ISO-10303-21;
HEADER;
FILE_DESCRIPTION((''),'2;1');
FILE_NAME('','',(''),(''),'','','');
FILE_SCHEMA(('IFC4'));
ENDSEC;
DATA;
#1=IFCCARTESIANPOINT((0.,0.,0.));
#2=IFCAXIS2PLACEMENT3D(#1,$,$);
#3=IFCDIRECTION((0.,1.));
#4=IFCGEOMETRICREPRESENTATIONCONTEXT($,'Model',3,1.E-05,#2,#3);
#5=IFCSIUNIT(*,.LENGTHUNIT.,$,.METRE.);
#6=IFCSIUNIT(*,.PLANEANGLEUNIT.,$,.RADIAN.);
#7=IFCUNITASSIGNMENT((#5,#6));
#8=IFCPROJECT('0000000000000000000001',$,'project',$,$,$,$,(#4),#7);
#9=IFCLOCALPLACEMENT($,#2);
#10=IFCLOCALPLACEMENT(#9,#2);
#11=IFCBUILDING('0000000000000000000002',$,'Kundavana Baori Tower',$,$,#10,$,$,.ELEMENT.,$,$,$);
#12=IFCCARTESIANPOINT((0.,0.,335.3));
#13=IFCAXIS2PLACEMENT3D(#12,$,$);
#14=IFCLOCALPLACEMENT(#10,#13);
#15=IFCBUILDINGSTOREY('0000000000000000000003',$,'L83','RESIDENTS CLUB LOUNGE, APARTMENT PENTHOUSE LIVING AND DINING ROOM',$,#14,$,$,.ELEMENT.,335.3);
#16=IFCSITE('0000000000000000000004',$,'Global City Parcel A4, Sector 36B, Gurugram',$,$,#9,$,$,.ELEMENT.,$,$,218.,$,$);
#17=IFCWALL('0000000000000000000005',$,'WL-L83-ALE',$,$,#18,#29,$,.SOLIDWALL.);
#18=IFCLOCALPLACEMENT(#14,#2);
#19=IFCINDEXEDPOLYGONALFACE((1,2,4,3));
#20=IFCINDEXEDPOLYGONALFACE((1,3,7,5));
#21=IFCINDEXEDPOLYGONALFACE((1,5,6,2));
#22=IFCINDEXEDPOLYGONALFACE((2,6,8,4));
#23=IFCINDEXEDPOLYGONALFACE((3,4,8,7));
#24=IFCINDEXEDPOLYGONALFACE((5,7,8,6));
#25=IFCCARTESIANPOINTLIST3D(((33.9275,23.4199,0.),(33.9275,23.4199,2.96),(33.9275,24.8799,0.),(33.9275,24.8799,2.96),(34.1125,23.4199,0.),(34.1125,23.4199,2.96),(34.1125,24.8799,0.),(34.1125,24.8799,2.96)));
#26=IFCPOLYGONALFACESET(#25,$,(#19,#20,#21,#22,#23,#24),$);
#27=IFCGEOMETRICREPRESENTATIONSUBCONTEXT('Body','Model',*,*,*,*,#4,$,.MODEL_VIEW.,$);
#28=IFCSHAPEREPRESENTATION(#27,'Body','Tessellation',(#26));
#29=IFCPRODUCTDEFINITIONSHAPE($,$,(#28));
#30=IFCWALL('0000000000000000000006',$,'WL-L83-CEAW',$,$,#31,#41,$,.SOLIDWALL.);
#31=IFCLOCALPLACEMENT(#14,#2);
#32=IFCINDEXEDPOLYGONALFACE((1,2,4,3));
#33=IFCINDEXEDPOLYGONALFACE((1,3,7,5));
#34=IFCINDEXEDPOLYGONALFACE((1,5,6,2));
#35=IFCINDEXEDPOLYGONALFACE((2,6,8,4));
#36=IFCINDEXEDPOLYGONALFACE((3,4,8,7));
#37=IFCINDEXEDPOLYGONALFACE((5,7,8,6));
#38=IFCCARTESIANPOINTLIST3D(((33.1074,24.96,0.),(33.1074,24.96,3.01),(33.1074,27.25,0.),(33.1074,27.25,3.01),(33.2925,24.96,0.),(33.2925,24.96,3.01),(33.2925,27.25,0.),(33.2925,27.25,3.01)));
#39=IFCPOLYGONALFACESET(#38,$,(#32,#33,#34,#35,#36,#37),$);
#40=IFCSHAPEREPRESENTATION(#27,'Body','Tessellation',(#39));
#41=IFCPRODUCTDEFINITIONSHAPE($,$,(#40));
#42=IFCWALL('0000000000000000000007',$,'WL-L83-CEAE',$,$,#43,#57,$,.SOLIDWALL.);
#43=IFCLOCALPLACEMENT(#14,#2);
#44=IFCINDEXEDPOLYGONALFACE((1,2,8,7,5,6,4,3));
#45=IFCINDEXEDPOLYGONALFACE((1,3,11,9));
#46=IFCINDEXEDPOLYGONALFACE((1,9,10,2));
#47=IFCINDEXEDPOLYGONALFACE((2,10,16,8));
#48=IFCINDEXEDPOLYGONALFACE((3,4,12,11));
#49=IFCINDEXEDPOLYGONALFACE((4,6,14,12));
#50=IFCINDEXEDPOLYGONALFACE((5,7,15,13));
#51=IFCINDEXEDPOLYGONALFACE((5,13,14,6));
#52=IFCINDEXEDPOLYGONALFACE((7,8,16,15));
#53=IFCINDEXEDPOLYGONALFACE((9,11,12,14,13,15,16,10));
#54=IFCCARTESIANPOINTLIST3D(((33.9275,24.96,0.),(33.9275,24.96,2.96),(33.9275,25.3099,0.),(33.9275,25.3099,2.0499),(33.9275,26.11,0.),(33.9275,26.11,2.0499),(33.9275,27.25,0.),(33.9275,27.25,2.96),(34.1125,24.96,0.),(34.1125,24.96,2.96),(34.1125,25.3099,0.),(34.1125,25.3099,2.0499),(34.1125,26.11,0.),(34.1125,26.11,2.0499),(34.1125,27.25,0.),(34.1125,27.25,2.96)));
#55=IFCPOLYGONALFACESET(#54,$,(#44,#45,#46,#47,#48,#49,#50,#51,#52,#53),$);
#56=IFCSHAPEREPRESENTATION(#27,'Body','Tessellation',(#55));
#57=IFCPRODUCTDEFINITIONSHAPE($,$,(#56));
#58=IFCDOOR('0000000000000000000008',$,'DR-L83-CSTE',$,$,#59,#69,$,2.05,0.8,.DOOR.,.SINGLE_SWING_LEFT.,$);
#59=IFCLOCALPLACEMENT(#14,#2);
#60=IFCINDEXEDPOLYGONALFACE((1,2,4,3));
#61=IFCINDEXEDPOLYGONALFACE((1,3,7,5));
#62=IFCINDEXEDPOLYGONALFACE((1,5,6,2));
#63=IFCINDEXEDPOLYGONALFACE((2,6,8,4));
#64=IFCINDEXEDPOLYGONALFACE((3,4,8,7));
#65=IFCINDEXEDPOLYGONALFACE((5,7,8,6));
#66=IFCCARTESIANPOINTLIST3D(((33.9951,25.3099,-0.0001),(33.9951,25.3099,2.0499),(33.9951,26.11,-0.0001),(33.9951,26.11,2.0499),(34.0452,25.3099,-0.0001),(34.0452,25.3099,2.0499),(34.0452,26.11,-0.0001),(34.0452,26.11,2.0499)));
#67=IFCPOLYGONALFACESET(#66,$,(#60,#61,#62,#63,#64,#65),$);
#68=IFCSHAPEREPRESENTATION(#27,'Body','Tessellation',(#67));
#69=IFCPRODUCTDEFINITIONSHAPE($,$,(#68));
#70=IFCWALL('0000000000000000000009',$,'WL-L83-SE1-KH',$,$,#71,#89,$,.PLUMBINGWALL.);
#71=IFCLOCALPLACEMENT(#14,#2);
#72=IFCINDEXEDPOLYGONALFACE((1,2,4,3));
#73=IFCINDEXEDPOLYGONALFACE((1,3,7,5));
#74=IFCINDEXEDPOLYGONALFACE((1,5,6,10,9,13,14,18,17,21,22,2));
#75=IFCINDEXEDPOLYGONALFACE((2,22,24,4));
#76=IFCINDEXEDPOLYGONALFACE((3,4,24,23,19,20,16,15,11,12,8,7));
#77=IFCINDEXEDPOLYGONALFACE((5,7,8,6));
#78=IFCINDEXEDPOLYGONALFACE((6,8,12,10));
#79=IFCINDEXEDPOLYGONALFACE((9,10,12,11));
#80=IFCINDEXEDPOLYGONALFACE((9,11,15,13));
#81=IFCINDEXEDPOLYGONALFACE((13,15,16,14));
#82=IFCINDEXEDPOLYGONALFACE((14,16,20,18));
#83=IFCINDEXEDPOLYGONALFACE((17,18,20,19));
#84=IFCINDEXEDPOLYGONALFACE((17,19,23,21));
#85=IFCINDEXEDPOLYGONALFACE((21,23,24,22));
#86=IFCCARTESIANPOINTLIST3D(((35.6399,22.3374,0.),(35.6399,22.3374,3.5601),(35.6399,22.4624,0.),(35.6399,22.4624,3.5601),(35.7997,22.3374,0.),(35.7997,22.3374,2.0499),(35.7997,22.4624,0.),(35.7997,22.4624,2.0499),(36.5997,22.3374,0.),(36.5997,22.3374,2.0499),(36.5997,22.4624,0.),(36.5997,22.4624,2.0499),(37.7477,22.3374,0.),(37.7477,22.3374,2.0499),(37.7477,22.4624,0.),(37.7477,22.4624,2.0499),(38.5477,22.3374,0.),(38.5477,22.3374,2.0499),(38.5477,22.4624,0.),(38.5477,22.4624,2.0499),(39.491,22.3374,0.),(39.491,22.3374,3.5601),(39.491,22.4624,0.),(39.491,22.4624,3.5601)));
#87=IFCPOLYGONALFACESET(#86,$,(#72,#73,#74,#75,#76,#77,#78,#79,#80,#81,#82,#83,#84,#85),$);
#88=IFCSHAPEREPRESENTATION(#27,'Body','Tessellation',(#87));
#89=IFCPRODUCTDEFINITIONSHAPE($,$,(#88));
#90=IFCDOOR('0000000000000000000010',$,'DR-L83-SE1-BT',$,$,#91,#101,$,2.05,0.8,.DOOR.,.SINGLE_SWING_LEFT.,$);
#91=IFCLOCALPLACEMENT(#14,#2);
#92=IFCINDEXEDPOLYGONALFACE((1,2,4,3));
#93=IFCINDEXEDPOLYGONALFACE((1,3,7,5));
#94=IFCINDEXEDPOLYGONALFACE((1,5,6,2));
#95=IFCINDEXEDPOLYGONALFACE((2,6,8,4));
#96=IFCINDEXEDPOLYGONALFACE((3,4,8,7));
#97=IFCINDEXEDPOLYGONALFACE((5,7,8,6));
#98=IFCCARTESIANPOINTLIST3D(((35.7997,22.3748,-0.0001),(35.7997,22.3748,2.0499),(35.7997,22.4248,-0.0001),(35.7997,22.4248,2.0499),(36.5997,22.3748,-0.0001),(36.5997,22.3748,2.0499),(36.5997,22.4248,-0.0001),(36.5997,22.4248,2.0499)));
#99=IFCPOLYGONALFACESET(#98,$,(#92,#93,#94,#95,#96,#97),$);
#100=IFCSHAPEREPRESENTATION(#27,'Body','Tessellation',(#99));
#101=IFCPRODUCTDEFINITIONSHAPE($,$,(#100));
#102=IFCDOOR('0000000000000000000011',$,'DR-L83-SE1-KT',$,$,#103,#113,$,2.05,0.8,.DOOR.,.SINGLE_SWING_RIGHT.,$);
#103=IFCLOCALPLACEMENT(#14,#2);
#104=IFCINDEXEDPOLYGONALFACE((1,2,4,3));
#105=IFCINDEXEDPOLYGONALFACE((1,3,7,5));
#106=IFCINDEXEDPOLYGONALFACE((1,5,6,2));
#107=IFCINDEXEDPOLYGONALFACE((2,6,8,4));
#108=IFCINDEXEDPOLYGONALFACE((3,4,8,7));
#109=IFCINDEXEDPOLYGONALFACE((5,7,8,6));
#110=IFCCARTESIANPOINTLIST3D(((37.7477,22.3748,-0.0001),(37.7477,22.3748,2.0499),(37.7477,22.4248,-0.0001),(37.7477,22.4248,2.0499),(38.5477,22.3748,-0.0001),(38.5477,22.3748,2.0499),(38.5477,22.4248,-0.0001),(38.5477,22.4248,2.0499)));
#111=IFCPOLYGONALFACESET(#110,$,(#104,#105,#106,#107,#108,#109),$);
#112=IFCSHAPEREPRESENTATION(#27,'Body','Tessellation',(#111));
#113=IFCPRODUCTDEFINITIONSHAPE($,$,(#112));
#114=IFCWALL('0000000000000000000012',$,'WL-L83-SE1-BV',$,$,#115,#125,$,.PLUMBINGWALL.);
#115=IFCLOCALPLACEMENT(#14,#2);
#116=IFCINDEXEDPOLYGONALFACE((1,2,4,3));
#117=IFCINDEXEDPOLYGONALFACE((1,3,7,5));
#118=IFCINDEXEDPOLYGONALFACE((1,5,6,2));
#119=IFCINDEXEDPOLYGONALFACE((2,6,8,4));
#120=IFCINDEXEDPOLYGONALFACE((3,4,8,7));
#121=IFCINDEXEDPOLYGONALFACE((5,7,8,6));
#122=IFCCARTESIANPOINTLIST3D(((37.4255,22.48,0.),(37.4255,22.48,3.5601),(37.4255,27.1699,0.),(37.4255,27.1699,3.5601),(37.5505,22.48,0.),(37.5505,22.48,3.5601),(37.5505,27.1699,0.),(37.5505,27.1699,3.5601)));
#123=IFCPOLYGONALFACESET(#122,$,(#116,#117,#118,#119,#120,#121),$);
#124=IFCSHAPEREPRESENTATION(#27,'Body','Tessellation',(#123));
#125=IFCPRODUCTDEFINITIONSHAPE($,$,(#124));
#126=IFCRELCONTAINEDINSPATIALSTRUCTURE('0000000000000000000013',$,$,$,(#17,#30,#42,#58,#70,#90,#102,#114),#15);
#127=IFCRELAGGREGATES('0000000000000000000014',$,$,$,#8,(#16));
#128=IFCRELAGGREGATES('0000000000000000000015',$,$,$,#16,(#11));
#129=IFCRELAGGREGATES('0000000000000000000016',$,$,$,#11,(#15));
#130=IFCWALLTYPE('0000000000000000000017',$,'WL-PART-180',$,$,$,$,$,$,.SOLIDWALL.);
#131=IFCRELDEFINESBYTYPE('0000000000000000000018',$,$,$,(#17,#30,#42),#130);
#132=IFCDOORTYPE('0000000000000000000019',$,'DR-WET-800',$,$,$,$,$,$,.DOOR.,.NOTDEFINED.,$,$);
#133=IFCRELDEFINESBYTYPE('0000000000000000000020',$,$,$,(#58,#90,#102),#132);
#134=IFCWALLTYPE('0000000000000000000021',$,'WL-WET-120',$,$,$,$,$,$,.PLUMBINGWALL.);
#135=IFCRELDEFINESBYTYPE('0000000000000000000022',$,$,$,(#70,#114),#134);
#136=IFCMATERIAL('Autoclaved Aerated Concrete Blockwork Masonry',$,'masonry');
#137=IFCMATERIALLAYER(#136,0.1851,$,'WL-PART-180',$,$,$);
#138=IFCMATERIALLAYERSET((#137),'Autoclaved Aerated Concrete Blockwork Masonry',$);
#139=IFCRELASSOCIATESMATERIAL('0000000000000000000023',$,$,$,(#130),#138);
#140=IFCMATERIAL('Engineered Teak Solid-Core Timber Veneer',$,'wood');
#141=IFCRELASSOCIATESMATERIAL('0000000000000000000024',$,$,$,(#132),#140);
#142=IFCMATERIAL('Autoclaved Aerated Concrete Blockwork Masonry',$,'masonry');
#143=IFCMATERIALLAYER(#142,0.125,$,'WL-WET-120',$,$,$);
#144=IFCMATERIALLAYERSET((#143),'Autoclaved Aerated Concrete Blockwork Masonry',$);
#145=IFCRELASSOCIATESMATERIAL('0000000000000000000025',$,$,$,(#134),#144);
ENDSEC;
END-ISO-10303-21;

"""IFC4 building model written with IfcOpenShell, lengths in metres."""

from ifc_helpers import new_model, si_unit, direction, frame, frame_2d, origin, place, context, subcontext, project, spatial, rectangle, extrude, material, layer, layer_set, type_object, element, fill, save


model = new_model("IFC4")

# Units and contexts
model_context = context("Model", 3, precision=1e-05, world=origin(), true_north=direction((0.0, 1.0)))
body_context = subcontext(model_context, "Body", "Model", "MODEL_VIEW")
ifc_project = project(units=[si_unit("LENGTHUNIT", "METRE"), si_unit("PLANEANGLEUNIT", "RADIAN")], contexts=[model_context])

# Site, building, storey
site_placement = place(None, origin())
site = spatial("IfcSite", under=ifc_project, at=site_placement, Name="Global City Parcel A4, Sector 36B, Gurugram", CompositionType="ELEMENT", RefElevation=218.0)
building_placement = place(site_placement, origin())
building = spatial("IfcBuilding", under=site, at=building_placement, Name="Kundavana Baori Tower", CompositionType="ELEMENT")
storey_placement = place(building_placement, frame((0.0, 0.0, 335.3)))
storey = spatial("IfcBuildingStorey", under=building, at=storey_placement, Name="L83", Description="RESIDENTS CLUB LOUNGE, APARTMENT PENTHOUSE LIVING AND DINING ROOM", CompositionType="ELEMENT", Elevation=335.3)

# Walls
ifc_material_1 = material(Name="Autoclaved Aerated Concrete Blockwork Masonry", Category="masonry")
ifc_layer_1 = layer(ifc_material_1, 0.1851, Name="WL-PART-180")
ifc_layer_set_1 = layer_set([ifc_layer_1], Name="Autoclaved Aerated Concrete Blockwork Masonry")
wall_type_1 = type_object("IfcWallType", Name="WL-PART-180", PredefinedType="SOLIDWALL", material=ifc_layer_set_1)
wall_1_placement = place(storey_placement, frame((34.02, 23.4199, 0.0), z_axis=(0.0, 0.0, 1.0), x_axis=(0.0, 1.0, 0.0)))
element("IfcWall", 1, at=wall_1_placement, inside=storey, type_object=wall_type_1, Name="WL-L83-ALE", PredefinedType="SOLIDWALL", context=body_context, shape_type="SweptSolid", body=[
    extrude(rectangle(XDim=1.46, YDim=0.1851, at=frame_2d((0.73, 0.0))), origin(), (0.0, 0.0, 1.0), 2.96),
])
wall_2_placement = place(storey_placement, frame((33.2, 24.96, 0.0), z_axis=(0.0, 0.0, 1.0), x_axis=(0.0, 1.0, 0.0)))
element("IfcWall", 2, at=wall_2_placement, inside=storey, type_object=wall_type_1, Name="WL-L83-CEAW", PredefinedType="SOLIDWALL", context=body_context, shape_type="SweptSolid", body=[
    extrude(rectangle(XDim=2.29, YDim=0.1851, at=frame_2d((1.145, 0.0))), origin(), (0.0, 0.0, 1.0), 3.01),
])

# Wall, opening, door
wall_3_placement = place(storey_placement, frame((34.02, 24.96, 0.0), z_axis=(0.0, 0.0, 1.0), x_axis=(0.0, 1.0, 0.0)))
wall_3 = element("IfcWall", 3, at=wall_3_placement, inside=storey, type_object=wall_type_1, Name="WL-L83-CEAE", PredefinedType="SOLIDWALL", context=body_context, shape_type="SweptSolid", body=[
    extrude(rectangle(XDim=2.29, YDim=0.1851, at=frame_2d((1.145, 0.0))), origin(), (0.0, 0.0, 1.0), 2.96),
])
opening_1_placement = place(wall_3_placement, frame((0.3501, 0.0, 0.0)))
opening_1 = element("IfcOpeningElement", 4, at=opening_1_placement, cuts=wall_3, PredefinedType="OPENING", context=body_context, shape_type="SweptSolid", body=[
    extrude(rectangle(XDim=0.8, YDim=2.05, at=frame_2d((0.3999, 1.0249))), frame((0.0, 0.1025, 0.0), z_axis=(0.0, -1.0, 0.0), x_axis=(1.0, 0.0, 0.0)), (0.0, 0.0, 1.0), 0.2051),
])
ifc_material_2 = material(Name="Engineered Teak Solid-Core Timber Veneer", Category="wood")
door_type = type_object("IfcDoorType", Name="DR-WET-800", OperationType="NOTDEFINED", PredefinedType="DOOR", material=ifc_material_2)
door_1_placement = place(opening_1_placement, origin())
door_1 = element("IfcDoor", 5, at=door_1_placement, inside=storey, type_object=door_type, Name="DR-L83-CSTE", OperationType="SINGLE_SWING_LEFT", OverallHeight=2.05, OverallWidth=0.8, PredefinedType="DOOR", context=body_context, shape_type="SweptSolid", body=[
    extrude(rectangle(XDim=0.8, YDim=2.05, at=frame_2d((0.3999, 1.0249))), frame((0.0, 0.0249, 0.0), z_axis=(0.0, -1.0, 0.0), x_axis=(1.0, 0.0, 0.0)), (0.0, 0.0, 1.0), 0.05),
])
fill(opening_1, door_1)

# Wall, openings, doors
ifc_material_3 = material(Name="Autoclaved Aerated Concrete Blockwork Masonry", Category="masonry")
ifc_layer_2 = layer(ifc_material_3, 0.125, Name="WL-WET-120")
ifc_layer_set_2 = layer_set([ifc_layer_2], Name="Autoclaved Aerated Concrete Blockwork Masonry")
wall_type_2 = type_object("IfcWallType", Name="WL-WET-120", PredefinedType="PLUMBINGWALL", material=ifc_layer_set_2)
wall_4_placement = place(storey_placement, frame((35.6399, 22.3999, 0.0), z_axis=(0.0, 0.0, 1.0), x_axis=(1.0, 0.0, 0.0)))
wall_4 = element("IfcWall", 6, at=wall_4_placement, inside=storey, type_object=wall_type_2, Name="WL-L83-SE1-KH", PredefinedType="PLUMBINGWALL", context=body_context, shape_type="SweptSolid", body=[
    extrude(rectangle(XDim=3.8511, YDim=0.125, at=frame_2d((1.9255, 0.0))), origin(), (0.0, 0.0, 1.0), 3.5601),
])
opening_2_placement = place(wall_4_placement, frame((0.1599, 0.0, 0.0)))
opening_2 = element("IfcOpeningElement", 7, at=opening_2_placement, cuts=wall_4, PredefinedType="OPENING", context=body_context, shape_type="SweptSolid", body=[
    extrude(rectangle(XDim=0.8, YDim=2.05, at=frame_2d((0.3999, 1.0249))), frame((0.0, 0.0725, 0.0), z_axis=(0.0, -1.0, 0.0), x_axis=(1.0, 0.0, 0.0)), (0.0, 0.0, 1.0), 0.145),
])
opening_3_placement = place(wall_4_placement, frame((2.1079, 0.0, 0.0)))
opening_3 = element("IfcOpeningElement", 8, at=opening_3_placement, cuts=wall_4, PredefinedType="OPENING", context=body_context, shape_type="SweptSolid", body=[
    extrude(rectangle(XDim=0.8, YDim=2.05, at=frame_2d((0.3999, 1.0249))), frame((0.0, 0.0725, 0.0), z_axis=(0.0, -1.0, 0.0), x_axis=(1.0, 0.0, 0.0)), (0.0, 0.0, 1.0), 0.145),
])
door_2_placement = place(opening_2_placement, origin())
door_2 = element("IfcDoor", 9, at=door_2_placement, inside=storey, type_object=door_type, Name="DR-L83-SE1-BT", OperationType="SINGLE_SWING_LEFT", OverallHeight=2.05, OverallWidth=0.8, PredefinedType="DOOR", context=body_context, shape_type="SweptSolid", body=[
    extrude(rectangle(XDim=0.8, YDim=2.05, at=frame_2d((0.3999, 1.0249))), frame((0.0, 0.0249, 0.0), z_axis=(0.0, -1.0, 0.0), x_axis=(1.0, 0.0, 0.0)), (0.0, 0.0, 1.0), 0.05),
])
fill(opening_2, door_2)
door_3_placement = place(opening_3_placement, origin())
door_3 = element("IfcDoor", 10, at=door_3_placement, inside=storey, type_object=door_type, Name="DR-L83-SE1-KT", OperationType="SINGLE_SWING_RIGHT", OverallHeight=2.05, OverallWidth=0.8, PredefinedType="DOOR", context=body_context, shape_type="SweptSolid", body=[
    extrude(rectangle(XDim=0.8, YDim=2.05, at=frame_2d((0.3999, 1.0249))), frame((0.0, 0.0249, 0.0), z_axis=(0.0, -1.0, 0.0), x_axis=(1.0, 0.0, 0.0)), (0.0, 0.0, 1.0), 0.05),
])
fill(opening_3, door_3)

# Wall
wall_5_placement = place(storey_placement, frame((37.488, 22.48, 0.0), z_axis=(0.0, 0.0, 1.0), x_axis=(0.0, 1.0, 0.0)))
element("IfcWall", 11, at=wall_5_placement, inside=storey, type_object=wall_type_2, Name="WL-L83-SE1-BV", PredefinedType="PLUMBINGWALL", context=body_context, shape_type="SweptSolid", body=[
    extrude(rectangle(XDim=4.6899, YDim=0.125, at=frame_2d((2.345, 0.0))), origin(), (0.0, 0.0, 1.0), 3.5601),
])

save(model, "model.ifc")
